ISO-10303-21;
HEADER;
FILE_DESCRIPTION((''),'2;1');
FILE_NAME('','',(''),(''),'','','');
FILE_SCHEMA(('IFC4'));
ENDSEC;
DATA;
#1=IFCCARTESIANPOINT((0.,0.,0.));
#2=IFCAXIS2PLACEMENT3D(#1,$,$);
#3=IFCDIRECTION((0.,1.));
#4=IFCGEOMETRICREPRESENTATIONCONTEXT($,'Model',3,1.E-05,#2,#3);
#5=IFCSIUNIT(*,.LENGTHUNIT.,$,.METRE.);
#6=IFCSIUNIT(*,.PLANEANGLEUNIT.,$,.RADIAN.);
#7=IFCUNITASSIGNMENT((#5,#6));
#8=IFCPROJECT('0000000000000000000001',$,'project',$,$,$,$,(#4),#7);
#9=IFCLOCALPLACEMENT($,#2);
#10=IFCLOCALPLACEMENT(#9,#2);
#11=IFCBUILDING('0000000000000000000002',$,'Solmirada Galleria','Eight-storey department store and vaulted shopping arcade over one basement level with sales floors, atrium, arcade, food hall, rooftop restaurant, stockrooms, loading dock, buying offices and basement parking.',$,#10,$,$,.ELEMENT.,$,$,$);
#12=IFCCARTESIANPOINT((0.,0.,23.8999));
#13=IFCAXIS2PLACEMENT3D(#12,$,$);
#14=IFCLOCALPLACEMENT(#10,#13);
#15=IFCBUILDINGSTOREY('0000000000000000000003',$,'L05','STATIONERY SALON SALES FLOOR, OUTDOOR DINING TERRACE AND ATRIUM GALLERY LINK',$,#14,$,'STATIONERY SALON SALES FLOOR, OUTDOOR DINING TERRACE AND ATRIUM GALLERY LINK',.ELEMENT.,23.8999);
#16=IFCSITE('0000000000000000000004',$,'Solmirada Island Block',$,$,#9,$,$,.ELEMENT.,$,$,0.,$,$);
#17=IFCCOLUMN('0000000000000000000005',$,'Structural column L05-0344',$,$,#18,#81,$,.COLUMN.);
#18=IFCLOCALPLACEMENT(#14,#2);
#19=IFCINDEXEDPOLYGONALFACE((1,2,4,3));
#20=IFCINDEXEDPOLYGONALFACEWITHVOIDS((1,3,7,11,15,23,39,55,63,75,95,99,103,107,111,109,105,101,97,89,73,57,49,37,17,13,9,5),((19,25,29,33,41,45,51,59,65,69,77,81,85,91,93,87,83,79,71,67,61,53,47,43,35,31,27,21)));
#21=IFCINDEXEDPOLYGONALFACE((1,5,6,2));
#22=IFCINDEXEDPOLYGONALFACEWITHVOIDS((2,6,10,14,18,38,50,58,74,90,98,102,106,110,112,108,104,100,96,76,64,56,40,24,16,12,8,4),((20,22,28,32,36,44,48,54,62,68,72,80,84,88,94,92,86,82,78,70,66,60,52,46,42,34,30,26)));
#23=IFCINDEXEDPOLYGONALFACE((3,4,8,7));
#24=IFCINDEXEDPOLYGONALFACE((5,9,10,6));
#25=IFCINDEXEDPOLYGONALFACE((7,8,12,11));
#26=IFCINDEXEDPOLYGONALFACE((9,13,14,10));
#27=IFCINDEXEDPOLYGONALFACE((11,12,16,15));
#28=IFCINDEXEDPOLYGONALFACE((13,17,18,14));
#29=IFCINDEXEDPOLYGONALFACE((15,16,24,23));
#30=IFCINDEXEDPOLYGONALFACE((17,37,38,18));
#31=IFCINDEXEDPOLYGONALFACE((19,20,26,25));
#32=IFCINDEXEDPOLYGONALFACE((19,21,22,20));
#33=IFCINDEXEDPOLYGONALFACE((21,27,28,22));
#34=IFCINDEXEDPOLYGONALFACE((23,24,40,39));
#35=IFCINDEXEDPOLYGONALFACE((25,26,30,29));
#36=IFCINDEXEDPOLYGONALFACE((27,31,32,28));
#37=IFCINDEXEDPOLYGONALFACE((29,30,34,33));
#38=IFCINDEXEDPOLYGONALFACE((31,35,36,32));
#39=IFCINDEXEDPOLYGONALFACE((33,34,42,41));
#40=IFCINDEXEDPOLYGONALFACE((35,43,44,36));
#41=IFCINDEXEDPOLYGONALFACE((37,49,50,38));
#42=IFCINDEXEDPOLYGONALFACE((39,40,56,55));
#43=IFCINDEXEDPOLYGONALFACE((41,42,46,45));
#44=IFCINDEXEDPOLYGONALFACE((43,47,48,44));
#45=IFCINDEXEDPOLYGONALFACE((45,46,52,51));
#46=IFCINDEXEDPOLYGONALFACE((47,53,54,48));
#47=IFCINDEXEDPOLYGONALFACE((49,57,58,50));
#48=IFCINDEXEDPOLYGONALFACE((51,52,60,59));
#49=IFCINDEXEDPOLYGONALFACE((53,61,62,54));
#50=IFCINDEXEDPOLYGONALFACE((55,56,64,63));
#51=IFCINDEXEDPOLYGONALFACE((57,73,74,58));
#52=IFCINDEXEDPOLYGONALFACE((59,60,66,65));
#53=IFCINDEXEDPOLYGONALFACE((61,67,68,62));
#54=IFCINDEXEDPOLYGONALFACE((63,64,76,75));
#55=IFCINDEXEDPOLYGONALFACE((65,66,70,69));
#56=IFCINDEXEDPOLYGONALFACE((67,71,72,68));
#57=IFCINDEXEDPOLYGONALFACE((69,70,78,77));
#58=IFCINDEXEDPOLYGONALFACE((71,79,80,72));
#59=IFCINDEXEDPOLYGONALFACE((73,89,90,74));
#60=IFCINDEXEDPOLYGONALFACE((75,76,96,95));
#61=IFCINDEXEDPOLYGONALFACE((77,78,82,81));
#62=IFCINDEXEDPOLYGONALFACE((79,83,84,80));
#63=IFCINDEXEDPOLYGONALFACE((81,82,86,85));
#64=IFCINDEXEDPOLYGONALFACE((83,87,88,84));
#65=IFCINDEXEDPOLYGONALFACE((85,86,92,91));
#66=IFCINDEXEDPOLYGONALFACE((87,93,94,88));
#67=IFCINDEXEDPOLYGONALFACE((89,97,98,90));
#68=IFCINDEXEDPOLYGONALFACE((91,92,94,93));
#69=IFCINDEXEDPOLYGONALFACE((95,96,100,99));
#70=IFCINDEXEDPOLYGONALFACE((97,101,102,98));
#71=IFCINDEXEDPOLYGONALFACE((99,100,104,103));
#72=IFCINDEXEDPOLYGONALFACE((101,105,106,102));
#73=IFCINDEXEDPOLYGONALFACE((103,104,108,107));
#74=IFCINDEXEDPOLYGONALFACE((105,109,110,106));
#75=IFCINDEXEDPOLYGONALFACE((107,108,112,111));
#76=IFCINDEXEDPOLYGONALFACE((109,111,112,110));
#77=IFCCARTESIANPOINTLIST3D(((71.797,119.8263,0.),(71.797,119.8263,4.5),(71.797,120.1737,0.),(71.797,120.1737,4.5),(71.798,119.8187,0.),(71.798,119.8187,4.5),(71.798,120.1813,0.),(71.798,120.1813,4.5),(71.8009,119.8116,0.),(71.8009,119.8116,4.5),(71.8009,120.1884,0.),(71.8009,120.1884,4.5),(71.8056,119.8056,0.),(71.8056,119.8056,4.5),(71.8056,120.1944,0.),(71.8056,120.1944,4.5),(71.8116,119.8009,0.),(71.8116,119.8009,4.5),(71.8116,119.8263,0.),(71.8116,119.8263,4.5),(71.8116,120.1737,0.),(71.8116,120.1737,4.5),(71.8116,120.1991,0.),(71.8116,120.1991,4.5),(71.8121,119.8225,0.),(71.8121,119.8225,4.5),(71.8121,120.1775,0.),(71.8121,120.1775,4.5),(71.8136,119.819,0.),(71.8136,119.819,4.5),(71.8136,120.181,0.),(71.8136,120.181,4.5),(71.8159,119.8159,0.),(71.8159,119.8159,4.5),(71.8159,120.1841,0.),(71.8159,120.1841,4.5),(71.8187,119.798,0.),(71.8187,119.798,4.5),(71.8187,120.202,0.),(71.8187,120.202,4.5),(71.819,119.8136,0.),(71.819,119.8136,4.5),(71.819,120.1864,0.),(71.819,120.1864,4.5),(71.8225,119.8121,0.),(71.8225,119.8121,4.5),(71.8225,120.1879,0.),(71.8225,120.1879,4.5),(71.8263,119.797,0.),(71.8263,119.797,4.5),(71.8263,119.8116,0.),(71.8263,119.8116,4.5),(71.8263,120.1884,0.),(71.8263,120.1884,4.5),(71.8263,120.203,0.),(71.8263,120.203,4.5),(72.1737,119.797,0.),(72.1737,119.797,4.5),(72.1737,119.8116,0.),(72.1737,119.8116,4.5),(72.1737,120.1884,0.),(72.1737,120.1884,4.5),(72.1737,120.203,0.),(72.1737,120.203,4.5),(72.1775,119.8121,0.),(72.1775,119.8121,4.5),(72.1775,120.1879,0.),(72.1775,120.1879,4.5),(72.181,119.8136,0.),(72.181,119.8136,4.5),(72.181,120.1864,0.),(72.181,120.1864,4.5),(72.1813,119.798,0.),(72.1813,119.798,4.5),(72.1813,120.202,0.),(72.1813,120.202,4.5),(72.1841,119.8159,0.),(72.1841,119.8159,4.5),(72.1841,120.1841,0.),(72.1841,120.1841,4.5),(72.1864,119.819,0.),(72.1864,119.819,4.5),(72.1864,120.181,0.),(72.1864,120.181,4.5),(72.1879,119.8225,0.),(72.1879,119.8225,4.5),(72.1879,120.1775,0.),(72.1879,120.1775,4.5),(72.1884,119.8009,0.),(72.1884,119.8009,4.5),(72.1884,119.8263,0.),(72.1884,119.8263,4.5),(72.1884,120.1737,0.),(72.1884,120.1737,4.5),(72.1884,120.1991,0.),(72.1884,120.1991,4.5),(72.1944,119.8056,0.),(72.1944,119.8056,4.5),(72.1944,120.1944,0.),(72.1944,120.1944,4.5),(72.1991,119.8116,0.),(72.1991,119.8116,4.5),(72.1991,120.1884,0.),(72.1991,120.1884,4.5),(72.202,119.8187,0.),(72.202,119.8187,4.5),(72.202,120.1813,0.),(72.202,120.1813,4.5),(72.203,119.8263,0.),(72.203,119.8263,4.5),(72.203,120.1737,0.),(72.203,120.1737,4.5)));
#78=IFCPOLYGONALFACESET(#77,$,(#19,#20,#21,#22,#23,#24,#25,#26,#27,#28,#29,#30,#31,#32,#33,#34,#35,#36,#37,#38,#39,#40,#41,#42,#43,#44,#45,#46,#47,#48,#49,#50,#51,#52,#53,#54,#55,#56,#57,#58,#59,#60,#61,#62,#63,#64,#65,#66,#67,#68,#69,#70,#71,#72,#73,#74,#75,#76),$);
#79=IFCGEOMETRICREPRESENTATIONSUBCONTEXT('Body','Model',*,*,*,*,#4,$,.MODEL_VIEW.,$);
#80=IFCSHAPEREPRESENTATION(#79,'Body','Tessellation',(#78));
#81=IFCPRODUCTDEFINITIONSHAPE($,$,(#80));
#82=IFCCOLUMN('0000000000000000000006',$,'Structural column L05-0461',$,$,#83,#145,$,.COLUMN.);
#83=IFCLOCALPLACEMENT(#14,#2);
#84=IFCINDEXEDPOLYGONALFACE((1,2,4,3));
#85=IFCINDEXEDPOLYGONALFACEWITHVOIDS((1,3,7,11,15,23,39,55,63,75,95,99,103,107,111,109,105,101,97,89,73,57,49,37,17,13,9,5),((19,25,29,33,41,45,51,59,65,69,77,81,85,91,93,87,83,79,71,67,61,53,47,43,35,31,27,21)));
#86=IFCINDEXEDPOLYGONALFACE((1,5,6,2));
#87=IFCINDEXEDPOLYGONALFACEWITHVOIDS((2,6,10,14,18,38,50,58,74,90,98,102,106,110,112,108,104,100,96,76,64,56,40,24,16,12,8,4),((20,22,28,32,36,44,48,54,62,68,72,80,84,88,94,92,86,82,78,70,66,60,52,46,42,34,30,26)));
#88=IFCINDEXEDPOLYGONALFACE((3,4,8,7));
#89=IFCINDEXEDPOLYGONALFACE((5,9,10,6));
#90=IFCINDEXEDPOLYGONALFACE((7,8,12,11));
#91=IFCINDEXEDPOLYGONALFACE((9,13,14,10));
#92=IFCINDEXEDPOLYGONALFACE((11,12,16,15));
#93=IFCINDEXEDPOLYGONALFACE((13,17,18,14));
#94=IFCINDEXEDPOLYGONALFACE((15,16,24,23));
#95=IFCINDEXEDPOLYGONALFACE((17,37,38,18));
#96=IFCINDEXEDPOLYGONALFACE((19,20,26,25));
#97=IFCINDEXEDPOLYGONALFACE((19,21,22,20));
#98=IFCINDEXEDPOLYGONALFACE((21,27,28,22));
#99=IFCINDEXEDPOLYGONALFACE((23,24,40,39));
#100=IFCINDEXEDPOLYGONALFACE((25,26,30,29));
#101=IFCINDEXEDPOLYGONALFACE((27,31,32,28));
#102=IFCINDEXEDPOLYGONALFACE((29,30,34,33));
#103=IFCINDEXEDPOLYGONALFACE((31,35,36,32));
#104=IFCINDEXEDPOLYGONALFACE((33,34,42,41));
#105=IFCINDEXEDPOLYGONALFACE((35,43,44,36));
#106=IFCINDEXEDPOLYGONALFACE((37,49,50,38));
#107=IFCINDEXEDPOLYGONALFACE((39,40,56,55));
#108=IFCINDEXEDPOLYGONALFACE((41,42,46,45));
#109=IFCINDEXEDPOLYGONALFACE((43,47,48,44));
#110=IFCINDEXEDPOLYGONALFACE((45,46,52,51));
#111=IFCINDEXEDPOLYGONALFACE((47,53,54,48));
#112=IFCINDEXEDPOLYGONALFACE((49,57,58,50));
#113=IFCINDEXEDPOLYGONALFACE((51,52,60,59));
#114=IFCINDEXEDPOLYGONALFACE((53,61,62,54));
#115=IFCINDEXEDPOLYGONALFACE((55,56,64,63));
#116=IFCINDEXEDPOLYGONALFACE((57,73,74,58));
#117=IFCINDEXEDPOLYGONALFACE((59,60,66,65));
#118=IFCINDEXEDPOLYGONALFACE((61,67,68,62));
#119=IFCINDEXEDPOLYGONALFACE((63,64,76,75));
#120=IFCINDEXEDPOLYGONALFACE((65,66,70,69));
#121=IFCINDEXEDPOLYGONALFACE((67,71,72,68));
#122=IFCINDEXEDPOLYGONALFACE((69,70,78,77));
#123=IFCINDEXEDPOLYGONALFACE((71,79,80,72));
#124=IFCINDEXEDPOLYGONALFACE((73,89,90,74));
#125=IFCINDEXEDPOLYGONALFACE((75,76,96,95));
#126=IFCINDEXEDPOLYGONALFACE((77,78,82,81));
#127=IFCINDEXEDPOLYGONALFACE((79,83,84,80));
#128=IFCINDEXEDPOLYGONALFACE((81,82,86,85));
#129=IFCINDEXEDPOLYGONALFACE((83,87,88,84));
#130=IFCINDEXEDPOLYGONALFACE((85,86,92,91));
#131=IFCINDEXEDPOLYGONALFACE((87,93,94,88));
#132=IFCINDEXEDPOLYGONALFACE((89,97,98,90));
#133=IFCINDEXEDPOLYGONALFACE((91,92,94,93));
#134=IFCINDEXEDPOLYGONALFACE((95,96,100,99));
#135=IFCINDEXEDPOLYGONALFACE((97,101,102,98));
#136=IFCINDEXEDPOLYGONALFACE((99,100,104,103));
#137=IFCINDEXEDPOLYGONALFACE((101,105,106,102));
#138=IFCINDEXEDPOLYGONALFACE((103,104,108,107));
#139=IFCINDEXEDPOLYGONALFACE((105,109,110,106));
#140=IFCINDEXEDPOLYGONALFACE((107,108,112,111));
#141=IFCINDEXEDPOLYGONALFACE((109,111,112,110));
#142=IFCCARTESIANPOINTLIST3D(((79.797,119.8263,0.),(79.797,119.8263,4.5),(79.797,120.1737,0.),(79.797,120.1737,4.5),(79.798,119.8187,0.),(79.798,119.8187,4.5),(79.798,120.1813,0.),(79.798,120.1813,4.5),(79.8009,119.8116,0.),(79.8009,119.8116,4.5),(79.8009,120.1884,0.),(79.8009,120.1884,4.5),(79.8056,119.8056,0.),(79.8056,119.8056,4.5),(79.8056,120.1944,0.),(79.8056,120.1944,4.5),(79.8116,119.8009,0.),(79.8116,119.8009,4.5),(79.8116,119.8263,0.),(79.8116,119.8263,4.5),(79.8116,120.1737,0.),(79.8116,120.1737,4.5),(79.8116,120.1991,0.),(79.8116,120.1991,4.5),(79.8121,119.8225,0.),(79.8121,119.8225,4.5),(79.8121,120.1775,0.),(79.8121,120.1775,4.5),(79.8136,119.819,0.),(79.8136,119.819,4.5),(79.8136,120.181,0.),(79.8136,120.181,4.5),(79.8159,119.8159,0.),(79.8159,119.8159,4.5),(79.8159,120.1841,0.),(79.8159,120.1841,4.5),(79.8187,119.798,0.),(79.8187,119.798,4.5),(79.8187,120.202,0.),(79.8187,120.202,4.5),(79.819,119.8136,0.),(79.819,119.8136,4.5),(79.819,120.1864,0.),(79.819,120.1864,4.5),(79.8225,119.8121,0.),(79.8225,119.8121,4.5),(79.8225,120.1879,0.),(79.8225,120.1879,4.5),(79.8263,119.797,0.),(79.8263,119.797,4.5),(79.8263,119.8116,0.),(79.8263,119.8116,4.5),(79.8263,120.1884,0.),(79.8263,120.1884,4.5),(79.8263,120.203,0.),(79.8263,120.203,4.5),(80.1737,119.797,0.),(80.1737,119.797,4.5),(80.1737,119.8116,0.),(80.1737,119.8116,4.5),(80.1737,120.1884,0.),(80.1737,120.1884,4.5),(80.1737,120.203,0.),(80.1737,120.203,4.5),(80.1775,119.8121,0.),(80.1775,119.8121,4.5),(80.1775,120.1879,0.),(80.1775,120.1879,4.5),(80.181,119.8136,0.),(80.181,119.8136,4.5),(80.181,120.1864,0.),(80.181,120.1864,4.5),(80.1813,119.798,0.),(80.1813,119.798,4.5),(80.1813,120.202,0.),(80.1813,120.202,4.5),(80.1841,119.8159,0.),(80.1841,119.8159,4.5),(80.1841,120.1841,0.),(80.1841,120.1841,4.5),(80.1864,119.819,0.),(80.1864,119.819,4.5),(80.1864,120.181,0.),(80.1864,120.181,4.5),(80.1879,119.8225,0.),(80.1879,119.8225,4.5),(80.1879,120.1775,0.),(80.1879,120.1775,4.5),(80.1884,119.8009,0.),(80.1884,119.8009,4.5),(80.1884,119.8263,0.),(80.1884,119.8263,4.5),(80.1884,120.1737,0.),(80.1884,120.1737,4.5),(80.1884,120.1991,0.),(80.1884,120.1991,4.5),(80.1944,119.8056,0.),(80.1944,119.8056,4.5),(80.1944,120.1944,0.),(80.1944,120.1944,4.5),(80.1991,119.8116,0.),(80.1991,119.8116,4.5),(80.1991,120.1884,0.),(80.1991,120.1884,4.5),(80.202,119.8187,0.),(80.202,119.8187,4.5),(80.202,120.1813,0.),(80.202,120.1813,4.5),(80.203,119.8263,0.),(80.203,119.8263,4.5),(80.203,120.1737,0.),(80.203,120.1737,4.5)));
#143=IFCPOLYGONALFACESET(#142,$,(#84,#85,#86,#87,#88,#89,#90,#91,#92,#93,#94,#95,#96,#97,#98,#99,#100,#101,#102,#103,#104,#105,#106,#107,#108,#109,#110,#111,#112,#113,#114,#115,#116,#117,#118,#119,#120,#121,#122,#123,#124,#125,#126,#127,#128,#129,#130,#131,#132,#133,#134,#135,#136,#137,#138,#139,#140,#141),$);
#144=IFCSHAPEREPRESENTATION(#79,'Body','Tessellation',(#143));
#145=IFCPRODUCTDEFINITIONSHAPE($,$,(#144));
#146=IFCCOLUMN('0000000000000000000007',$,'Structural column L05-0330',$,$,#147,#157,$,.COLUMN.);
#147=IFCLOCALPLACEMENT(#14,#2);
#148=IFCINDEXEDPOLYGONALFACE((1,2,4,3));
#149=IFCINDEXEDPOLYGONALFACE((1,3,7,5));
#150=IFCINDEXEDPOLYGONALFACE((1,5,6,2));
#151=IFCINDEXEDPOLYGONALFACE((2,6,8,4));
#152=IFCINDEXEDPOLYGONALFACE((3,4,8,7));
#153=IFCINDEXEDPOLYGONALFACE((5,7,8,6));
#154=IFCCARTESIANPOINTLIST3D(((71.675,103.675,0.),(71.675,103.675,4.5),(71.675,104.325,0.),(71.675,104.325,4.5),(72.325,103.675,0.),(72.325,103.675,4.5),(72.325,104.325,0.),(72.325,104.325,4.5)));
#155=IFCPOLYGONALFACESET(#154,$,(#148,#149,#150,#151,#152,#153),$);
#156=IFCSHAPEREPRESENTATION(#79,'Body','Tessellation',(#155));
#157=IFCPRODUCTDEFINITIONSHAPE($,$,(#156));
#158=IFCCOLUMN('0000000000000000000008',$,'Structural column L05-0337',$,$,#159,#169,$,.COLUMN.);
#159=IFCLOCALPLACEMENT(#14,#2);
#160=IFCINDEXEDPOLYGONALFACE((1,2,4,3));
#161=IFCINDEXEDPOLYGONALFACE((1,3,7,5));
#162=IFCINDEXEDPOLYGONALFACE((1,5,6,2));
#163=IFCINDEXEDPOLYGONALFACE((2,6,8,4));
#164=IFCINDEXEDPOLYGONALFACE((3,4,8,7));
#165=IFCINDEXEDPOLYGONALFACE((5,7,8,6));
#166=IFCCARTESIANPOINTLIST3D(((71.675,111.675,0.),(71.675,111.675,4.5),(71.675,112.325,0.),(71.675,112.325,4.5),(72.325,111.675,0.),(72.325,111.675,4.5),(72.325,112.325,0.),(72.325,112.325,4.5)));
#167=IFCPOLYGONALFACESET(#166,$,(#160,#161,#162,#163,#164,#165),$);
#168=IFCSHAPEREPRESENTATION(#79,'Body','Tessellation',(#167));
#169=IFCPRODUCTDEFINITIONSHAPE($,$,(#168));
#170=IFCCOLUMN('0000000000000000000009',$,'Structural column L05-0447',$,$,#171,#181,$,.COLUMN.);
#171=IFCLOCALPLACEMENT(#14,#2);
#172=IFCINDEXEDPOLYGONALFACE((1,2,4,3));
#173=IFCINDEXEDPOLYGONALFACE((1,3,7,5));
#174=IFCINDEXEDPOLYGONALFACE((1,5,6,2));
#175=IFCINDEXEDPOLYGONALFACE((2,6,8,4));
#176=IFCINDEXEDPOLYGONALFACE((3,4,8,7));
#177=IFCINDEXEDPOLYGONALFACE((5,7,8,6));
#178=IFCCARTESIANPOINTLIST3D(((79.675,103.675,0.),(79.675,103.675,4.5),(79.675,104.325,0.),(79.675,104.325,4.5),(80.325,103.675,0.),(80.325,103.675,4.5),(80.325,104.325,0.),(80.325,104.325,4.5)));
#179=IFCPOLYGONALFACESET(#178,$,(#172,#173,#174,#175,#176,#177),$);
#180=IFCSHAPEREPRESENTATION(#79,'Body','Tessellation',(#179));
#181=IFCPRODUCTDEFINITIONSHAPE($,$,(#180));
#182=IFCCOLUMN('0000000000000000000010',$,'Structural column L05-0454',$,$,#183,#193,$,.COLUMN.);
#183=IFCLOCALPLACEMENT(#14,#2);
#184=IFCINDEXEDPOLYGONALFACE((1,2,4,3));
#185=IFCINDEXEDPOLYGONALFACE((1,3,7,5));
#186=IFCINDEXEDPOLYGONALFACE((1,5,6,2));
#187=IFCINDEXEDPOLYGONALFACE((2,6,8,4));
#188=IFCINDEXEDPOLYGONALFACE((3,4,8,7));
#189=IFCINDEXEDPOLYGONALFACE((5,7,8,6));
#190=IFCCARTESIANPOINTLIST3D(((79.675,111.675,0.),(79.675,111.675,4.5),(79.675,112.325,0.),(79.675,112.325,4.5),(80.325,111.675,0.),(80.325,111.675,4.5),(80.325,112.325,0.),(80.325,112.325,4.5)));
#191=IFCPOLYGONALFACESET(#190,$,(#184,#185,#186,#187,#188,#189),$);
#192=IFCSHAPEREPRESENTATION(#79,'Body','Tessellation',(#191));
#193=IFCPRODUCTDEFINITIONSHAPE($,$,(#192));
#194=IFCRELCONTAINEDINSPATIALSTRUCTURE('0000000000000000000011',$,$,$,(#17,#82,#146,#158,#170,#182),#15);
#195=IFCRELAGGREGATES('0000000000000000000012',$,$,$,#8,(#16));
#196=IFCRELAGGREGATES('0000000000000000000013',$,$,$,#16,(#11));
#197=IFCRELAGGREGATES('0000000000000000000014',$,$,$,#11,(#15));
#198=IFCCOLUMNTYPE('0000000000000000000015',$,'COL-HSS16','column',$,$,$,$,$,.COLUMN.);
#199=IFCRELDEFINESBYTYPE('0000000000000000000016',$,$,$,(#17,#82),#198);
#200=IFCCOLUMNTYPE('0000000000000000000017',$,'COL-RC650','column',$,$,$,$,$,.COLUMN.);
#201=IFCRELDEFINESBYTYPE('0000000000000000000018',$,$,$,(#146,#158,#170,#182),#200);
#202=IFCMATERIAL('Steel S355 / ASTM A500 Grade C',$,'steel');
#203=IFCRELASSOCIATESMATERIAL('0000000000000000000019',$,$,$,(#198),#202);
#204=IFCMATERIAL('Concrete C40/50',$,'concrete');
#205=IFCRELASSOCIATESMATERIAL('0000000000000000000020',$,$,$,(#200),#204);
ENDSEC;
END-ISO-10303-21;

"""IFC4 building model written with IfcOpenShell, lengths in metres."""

from ifc_helpers import new_model, si_unit, direction, frame, origin, origin_2d, place, context, subcontext, project, spatial, rectangle, hollow_rectangle, extrude, material, material_profile, profile_set, type_object, element, save


model = new_model("IFC4")

# Units and contexts
model_context = context("Model", 3, precision=1e-05, world=origin(), true_north=direction((0.0, 1.0)))
body_context = subcontext(model_context, "Body", "Model", "MODEL_VIEW")
ifc_project = project(units=[si_unit("LENGTHUNIT", "METRE"), si_unit("PLANEANGLEUNIT", "RADIAN")], contexts=[model_context])

# Site, building, storey
site_placement = place(None, origin())
site = spatial("IfcSite", under=ifc_project, at=site_placement, Name="Solmirada Island Block", CompositionType="ELEMENT", RefElevation=0.0)
building_placement = place(site_placement, origin())
building = spatial("IfcBuilding", under=site, at=building_placement, Name="Solmirada Galleria", Description="Eight-storey department store and vaulted shopping arcade over one basement level with sales floors, atrium, arcade, food hall, rooftop restaurant, stockrooms, loading dock, buying offices and basement parking.", CompositionType="ELEMENT")
storey_placement = place(building_placement, frame((0.0, 0.0, 23.8999)))
storey = spatial("IfcBuildingStorey", under=building, at=storey_placement, Name="L05", Description="STATIONERY SALON SALES FLOOR, OUTDOOR DINING TERRACE AND ATRIUM GALLERY LINK", LongName="STATIONERY SALON SALES FLOOR, OUTDOOR DINING TERRACE AND ATRIUM GALLERY LINK", CompositionType="ELEMENT", Elevation=23.8999)

# Columns
ifc_material_1 = material(Name="Steel S355 / ASTM A500 Grade C", Category="steel")
ifc_material_profile_1 = material_profile(ifc_material_1, hollow_rectangle(XDim=0.406, YDim=0.406, WallThickness=0.0146, InnerFilletRadius=0.0146, OuterFilletRadius=0.0293, at=origin_2d()), Name="HSS16X16X5/8")
ifc_profile_set_1 = profile_set([ifc_material_profile_1], Name="Steel S355 / ASTM A500 Grade C")
column_type_1 = type_object("IfcColumnType", Name="COL-HSS16", Description="column", PredefinedType="COLUMN", material=ifc_profile_set_1)
for number, where, z_axis, x_axis, name in (
    (1, (72.0, 120.0, 0.0), (0.0, 0.0, 1.0), (1.0, 0.0, 0.0), "Structural column L05-0344"),
    (2, (80.0, 120.0, 0.0), (0.0, 0.0, 1.0), (1.0, 0.0, 0.0), "Structural column L05-0461"),
):
    element("IfcColumn", number, at=place(storey_placement, frame(where, z_axis=z_axis, x_axis=x_axis)), inside=storey, type_object=column_type_1, Name=name, PredefinedType="COLUMN", context=body_context, shape_type="SweptSolid", body=[
        extrude(hollow_rectangle(XDim=0.406, YDim=0.406, WallThickness=0.0146, InnerFilletRadius=0.0146, OuterFilletRadius=0.0293, at=origin_2d()), origin(), (0.0, 0.0, 1.0), 4.5),
    ])
ifc_material_2 = material(Name="Concrete C40/50", Category="concrete")
ifc_material_profile_2 = material_profile(ifc_material_2, rectangle(XDim=0.6499, YDim=0.6499, at=origin_2d()), Name="RC650X650")
ifc_profile_set_2 = profile_set([ifc_material_profile_2], Name="Concrete C40/50")
column_type_2 = type_object("IfcColumnType", Name="COL-RC650", Description="column", PredefinedType="COLUMN", material=ifc_profile_set_2)
for number, where, z_axis, x_axis, name in (
    (3, (72.0, 104.0, 0.0), (0.0, 0.0, 1.0), (1.0, 0.0, 0.0), "Structural column L05-0330"),
    (4, (72.0, 112.0, 0.0), (0.0, 0.0, 1.0), (1.0, 0.0, 0.0), "Structural column L05-0337"),
    (5, (80.0, 104.0, 0.0), (0.0, 0.0, 1.0), (1.0, 0.0, 0.0), "Structural column L05-0447"),
    (6, (80.0, 112.0, 0.0), (0.0, 0.0, 1.0), (1.0, 0.0, 0.0), "Structural column L05-0454"),
):
    element("IfcColumn", number, at=place(storey_placement, frame(where, z_axis=z_axis, x_axis=x_axis)), inside=storey, type_object=column_type_2, Name=name, PredefinedType="COLUMN", context=body_context, shape_type="SweptSolid", body=[
        extrude(rectangle(XDim=0.6499, YDim=0.6499, at=origin_2d()), origin(), (0.0, 0.0, 1.0), 4.5),
    ])

save(model, "model.ifc")
